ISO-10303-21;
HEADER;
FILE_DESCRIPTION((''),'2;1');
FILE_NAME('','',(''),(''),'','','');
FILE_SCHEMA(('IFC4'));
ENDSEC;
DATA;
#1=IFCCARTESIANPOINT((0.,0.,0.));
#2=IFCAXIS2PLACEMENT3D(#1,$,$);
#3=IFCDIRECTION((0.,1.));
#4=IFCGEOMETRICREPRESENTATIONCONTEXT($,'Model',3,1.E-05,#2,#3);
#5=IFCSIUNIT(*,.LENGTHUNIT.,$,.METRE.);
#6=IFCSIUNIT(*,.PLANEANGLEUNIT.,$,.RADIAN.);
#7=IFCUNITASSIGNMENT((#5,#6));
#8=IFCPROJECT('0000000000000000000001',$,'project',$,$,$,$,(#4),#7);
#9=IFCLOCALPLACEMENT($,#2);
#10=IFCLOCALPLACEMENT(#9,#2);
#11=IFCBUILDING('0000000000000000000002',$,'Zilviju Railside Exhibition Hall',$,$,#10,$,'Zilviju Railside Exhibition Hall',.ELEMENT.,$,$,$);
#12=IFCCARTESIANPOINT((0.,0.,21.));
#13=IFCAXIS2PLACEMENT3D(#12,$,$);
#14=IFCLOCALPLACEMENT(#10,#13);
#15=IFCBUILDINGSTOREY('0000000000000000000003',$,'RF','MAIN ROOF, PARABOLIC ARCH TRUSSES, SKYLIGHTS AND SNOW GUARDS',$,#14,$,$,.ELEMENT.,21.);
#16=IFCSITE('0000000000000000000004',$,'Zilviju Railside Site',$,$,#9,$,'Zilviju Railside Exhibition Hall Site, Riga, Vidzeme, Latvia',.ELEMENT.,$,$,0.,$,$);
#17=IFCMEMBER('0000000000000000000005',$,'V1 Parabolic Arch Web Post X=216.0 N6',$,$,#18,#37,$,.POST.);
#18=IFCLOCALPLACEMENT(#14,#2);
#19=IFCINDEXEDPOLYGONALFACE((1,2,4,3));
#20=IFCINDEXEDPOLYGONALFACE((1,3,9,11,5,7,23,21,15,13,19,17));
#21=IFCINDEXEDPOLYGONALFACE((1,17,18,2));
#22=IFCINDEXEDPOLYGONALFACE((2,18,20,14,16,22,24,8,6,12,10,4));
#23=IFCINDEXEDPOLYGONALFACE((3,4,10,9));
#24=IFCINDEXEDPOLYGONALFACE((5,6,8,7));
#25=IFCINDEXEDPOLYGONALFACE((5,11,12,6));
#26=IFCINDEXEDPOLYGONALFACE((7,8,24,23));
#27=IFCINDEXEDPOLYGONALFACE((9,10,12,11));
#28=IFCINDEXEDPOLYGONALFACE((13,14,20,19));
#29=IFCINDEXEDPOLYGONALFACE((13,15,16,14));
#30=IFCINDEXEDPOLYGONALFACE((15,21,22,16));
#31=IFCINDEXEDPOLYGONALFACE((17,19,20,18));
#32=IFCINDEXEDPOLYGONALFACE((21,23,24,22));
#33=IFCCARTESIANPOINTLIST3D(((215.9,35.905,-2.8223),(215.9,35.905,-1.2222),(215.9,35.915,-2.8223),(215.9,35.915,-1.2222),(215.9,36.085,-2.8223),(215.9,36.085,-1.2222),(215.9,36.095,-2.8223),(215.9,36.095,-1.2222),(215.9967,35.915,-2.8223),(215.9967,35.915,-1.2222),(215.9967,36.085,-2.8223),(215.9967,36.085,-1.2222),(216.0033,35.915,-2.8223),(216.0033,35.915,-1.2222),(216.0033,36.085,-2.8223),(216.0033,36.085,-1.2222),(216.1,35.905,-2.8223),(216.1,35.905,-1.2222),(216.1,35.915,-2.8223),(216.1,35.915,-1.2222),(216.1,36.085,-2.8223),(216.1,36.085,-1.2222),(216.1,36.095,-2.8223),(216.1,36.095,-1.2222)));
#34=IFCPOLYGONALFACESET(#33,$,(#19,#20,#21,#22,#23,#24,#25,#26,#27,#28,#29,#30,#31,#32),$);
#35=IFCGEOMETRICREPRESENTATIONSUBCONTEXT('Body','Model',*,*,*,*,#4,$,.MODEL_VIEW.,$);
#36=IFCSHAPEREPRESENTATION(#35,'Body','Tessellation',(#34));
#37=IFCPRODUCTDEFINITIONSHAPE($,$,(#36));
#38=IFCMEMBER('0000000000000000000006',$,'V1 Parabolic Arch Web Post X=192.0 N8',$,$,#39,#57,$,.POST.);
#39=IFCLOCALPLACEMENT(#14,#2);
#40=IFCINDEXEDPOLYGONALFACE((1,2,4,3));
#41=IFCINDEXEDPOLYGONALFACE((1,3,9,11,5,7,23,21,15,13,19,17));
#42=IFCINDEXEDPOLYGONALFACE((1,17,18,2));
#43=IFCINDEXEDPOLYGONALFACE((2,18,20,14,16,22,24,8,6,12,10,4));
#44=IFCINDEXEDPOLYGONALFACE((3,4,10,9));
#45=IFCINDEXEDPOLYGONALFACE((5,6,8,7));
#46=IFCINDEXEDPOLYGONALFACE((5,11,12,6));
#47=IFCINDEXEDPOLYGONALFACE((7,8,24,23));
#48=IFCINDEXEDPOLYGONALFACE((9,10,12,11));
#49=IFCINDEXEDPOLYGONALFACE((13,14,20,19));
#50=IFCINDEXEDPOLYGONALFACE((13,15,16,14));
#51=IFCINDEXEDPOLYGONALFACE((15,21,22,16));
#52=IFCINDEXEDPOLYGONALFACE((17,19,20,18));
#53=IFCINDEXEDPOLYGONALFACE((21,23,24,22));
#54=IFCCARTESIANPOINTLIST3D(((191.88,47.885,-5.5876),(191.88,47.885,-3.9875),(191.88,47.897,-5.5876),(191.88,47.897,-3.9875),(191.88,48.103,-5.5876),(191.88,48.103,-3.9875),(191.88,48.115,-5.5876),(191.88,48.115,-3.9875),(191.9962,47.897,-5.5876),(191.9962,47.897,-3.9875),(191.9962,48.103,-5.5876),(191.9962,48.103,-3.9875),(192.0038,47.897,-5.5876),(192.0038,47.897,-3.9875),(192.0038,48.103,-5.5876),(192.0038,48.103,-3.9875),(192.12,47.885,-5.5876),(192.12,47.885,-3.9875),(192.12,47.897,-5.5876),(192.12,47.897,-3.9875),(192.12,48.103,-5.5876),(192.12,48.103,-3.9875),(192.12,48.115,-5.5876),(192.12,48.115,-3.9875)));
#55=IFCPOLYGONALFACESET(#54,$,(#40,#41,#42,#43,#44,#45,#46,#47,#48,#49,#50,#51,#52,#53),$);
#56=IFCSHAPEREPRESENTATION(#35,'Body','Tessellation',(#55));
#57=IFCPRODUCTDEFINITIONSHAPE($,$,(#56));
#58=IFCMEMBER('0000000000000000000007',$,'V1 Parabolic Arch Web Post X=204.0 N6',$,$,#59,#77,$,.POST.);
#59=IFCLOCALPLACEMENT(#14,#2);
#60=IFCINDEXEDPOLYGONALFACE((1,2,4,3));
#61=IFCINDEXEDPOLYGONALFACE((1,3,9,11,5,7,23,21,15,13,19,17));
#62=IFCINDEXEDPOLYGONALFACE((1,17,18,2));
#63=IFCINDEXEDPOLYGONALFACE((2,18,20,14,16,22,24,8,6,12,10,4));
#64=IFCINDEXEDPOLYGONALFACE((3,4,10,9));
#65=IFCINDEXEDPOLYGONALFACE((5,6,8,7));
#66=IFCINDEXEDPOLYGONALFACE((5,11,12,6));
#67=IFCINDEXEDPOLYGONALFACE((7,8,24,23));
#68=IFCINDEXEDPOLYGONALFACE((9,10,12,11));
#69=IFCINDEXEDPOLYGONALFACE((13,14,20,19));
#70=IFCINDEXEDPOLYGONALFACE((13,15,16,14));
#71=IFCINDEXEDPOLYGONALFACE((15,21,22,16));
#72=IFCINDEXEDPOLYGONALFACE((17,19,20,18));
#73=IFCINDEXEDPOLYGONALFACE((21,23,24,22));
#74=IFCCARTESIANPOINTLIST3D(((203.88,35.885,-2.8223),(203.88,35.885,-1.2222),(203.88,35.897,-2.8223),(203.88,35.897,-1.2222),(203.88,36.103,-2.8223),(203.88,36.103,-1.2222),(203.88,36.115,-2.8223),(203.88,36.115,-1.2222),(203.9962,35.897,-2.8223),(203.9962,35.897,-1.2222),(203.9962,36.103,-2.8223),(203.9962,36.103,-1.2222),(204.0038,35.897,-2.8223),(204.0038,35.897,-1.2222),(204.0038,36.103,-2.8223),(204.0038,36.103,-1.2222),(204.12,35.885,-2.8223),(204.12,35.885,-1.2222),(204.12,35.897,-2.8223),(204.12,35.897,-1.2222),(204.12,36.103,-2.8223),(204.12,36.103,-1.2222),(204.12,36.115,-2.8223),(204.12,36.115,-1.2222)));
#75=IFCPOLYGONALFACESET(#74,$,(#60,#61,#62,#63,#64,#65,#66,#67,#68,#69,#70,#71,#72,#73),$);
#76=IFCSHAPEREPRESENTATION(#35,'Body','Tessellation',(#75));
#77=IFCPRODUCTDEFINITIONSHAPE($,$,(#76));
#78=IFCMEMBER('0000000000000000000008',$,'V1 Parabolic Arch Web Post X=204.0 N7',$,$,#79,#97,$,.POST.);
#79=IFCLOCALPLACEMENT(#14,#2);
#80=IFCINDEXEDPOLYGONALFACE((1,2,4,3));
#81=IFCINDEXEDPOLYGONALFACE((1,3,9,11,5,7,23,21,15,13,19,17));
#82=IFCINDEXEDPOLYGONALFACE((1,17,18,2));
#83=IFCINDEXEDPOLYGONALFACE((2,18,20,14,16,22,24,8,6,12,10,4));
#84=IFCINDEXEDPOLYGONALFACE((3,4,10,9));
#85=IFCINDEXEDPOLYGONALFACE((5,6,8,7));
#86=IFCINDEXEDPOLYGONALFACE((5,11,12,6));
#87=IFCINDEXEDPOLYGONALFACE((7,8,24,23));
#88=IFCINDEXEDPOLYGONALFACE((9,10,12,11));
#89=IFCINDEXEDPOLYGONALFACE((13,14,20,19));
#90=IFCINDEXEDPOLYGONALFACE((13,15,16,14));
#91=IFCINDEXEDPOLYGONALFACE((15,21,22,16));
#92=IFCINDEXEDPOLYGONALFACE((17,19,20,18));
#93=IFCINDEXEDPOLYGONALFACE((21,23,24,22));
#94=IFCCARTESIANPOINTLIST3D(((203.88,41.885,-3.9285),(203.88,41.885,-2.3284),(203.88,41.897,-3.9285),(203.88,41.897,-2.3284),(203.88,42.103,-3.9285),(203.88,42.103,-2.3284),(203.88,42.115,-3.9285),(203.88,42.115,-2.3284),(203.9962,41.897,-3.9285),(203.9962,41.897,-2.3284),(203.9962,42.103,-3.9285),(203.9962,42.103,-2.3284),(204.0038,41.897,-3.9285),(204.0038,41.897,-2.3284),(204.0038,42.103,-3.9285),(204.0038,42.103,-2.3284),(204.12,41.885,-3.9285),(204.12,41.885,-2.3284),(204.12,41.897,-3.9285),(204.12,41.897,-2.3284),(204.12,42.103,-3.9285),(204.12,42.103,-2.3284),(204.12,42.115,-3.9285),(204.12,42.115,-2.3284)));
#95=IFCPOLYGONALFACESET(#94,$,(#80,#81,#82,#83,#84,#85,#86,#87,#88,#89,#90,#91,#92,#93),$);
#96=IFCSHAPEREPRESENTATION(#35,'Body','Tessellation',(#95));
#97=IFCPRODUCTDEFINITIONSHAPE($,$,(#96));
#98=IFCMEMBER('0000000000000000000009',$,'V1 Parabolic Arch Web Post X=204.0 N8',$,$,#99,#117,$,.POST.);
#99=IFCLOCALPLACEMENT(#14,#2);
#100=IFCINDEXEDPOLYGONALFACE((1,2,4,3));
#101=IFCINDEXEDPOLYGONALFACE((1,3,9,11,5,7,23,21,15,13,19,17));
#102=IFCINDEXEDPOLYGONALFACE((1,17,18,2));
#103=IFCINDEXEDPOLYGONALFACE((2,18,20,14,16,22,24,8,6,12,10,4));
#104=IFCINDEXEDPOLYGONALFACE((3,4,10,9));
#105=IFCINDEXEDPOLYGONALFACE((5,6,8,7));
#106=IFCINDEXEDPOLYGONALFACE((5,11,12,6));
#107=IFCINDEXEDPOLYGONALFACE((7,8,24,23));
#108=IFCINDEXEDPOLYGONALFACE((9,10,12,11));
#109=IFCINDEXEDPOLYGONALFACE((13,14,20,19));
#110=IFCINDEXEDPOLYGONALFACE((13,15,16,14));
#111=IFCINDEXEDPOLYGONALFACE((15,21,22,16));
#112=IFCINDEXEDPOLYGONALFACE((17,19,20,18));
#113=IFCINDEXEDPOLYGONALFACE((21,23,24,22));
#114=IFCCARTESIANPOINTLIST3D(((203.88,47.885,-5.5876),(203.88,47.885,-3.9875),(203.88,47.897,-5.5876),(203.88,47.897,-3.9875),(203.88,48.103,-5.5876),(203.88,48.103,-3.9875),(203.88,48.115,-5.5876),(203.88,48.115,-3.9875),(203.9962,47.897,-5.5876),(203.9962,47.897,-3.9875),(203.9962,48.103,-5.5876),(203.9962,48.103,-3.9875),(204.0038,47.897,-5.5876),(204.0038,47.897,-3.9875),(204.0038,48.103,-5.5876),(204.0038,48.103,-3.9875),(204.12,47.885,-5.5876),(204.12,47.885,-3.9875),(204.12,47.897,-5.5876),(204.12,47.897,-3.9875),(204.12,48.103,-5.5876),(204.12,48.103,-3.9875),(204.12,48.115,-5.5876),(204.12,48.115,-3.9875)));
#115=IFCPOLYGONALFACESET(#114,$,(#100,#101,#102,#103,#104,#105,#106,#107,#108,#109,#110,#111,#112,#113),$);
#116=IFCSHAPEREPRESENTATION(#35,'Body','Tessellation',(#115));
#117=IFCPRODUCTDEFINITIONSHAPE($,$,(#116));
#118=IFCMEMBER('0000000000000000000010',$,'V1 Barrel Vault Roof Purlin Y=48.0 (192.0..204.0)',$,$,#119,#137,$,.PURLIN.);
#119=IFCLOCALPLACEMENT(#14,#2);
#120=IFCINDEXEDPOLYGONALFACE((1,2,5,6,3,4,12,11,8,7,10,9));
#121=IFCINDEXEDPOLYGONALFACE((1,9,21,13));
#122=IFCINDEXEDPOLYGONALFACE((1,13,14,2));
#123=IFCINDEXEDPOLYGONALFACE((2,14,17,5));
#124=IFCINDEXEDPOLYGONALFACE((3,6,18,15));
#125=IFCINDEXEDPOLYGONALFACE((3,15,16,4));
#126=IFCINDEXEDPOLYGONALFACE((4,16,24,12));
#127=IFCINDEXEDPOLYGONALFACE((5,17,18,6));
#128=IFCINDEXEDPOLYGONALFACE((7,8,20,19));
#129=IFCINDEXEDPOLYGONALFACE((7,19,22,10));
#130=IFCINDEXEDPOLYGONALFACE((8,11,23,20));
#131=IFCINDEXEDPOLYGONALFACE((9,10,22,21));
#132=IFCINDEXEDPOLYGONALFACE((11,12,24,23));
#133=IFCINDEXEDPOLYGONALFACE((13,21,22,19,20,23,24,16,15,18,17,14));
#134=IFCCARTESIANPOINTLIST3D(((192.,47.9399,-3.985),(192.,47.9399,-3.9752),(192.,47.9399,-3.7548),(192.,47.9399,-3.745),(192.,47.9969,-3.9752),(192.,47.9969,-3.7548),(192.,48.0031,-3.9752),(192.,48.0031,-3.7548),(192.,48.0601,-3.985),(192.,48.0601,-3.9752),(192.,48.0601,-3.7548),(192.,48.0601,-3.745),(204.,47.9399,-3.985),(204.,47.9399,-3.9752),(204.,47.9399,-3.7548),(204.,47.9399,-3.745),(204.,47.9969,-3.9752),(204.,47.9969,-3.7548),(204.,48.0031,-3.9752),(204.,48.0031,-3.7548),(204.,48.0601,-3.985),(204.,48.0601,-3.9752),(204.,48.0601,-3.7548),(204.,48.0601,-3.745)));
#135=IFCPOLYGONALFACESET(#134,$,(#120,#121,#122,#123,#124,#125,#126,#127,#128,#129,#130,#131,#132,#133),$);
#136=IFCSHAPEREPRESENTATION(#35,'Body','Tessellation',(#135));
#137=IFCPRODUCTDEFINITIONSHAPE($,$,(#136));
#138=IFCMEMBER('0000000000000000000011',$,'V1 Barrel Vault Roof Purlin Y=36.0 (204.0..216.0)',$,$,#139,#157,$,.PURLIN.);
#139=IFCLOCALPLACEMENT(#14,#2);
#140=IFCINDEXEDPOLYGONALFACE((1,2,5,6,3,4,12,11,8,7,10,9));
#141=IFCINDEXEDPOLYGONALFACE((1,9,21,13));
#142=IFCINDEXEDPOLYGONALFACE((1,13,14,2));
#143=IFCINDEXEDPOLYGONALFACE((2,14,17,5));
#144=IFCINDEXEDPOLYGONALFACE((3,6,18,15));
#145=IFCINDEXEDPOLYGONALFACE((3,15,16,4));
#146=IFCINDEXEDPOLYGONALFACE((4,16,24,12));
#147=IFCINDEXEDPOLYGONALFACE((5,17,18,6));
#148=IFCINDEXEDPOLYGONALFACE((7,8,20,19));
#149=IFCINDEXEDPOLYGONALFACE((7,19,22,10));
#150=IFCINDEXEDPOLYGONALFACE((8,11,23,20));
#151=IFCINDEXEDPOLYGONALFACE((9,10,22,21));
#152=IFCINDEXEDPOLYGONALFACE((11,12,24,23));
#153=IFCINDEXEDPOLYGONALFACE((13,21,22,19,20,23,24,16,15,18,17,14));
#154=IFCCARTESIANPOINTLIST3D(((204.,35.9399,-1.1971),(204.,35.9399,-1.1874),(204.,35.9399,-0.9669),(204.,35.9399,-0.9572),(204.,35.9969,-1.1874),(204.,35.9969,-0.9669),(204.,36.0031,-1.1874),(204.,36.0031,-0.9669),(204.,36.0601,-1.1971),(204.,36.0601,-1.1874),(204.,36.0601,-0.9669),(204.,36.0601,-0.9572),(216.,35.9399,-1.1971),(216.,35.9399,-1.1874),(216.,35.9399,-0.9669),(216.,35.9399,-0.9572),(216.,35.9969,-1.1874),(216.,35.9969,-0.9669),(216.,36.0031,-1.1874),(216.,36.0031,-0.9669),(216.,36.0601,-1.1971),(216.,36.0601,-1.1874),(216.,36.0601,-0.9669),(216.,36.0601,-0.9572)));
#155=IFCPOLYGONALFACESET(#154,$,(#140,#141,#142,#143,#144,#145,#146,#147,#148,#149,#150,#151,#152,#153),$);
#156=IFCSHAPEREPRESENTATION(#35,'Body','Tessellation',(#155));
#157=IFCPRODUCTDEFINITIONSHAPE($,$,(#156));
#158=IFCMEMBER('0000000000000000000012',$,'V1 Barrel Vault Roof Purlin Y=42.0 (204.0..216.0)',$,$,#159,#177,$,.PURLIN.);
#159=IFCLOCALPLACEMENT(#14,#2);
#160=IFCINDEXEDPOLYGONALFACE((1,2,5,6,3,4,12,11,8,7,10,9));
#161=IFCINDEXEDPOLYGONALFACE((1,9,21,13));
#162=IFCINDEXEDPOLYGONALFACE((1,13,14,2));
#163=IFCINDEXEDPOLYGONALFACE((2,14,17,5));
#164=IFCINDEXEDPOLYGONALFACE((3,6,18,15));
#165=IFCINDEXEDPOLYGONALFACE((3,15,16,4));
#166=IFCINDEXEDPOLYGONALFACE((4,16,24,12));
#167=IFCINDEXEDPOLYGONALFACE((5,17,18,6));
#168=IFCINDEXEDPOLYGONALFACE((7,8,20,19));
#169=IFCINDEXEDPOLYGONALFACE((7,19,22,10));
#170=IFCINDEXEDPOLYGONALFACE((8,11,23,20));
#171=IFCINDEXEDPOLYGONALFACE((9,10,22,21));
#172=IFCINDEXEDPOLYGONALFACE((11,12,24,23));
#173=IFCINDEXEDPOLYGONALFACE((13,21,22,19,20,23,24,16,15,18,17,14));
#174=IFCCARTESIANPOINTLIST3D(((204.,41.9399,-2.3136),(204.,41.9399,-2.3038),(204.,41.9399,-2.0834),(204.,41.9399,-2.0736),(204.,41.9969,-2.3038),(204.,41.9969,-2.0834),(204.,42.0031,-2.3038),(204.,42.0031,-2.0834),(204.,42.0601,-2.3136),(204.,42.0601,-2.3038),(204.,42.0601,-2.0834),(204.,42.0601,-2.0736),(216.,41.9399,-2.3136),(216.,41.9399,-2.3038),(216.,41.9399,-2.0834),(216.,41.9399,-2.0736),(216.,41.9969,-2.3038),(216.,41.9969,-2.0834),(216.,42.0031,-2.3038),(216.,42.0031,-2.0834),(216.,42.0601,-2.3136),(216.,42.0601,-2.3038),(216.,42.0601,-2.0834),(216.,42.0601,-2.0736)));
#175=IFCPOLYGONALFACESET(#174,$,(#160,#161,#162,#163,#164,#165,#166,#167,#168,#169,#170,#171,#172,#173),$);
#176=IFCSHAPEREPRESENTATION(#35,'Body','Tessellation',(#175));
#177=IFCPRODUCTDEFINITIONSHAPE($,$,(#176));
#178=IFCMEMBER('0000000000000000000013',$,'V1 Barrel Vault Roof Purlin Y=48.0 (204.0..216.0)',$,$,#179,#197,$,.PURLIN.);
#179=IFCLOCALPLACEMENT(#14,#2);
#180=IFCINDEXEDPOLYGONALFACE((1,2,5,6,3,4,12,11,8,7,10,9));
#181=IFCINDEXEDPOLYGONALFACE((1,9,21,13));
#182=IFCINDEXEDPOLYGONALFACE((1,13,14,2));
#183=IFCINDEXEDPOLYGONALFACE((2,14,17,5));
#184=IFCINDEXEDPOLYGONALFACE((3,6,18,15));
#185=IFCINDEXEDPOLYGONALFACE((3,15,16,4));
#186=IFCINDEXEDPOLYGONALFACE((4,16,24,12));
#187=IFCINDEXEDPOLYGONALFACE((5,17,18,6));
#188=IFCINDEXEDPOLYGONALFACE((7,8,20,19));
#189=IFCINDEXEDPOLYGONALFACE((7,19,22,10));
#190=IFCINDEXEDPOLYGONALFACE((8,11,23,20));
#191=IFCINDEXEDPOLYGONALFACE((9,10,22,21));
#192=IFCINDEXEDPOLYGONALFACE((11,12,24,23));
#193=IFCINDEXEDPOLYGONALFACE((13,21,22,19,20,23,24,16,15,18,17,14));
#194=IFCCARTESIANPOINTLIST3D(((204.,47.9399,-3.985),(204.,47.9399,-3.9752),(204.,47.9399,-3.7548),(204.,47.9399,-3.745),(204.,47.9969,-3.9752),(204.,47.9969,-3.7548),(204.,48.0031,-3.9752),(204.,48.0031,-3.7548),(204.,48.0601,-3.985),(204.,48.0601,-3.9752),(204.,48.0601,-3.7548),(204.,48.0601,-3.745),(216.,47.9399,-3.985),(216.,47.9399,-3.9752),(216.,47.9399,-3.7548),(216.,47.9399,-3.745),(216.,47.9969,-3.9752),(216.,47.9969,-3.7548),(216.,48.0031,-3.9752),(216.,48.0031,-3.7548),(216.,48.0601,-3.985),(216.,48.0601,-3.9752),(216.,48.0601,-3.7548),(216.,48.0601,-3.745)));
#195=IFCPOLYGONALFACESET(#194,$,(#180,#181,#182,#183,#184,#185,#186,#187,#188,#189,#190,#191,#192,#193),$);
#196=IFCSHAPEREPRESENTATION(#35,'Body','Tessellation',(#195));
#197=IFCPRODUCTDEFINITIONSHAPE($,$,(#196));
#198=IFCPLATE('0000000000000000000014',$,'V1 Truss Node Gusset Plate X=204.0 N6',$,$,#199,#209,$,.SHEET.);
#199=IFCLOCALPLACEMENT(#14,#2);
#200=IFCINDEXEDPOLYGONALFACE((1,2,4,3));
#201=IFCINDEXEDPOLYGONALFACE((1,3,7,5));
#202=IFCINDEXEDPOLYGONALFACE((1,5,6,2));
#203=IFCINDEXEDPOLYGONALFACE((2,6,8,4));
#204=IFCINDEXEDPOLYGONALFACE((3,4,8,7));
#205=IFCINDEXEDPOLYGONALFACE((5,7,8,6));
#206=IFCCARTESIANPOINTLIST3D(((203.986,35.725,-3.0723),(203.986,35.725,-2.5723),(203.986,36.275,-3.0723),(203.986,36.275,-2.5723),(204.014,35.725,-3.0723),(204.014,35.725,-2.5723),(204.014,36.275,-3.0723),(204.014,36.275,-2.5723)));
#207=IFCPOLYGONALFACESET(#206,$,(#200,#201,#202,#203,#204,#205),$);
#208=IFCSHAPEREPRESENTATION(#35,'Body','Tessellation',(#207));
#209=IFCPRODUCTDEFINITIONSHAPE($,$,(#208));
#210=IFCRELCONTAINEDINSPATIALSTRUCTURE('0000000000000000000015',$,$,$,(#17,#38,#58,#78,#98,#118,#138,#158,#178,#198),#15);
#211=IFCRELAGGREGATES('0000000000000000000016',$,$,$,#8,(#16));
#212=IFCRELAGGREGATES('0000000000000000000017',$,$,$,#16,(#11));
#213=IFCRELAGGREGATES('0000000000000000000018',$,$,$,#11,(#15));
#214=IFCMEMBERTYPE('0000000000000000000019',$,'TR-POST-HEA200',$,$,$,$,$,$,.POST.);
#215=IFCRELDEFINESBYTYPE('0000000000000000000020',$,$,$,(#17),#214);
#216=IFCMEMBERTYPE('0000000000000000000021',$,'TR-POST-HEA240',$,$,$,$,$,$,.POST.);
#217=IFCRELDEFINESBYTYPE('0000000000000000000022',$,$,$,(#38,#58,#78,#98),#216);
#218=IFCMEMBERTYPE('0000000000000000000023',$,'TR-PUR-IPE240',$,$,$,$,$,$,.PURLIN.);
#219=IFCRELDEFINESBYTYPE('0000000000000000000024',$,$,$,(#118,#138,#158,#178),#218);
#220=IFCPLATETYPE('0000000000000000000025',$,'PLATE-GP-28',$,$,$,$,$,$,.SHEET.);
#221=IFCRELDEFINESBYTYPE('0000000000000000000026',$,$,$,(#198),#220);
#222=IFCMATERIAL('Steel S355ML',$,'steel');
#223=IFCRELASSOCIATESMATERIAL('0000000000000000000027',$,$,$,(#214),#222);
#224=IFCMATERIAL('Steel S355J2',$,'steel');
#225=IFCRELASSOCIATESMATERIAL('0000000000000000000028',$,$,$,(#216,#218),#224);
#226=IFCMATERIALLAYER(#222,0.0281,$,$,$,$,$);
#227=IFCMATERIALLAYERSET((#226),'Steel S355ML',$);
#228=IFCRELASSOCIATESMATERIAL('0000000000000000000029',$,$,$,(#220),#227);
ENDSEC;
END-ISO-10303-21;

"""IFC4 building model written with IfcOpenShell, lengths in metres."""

from ifc_helpers import new_model, si_unit, direction, frame, origin, origin_2d, place, context, subcontext, project, spatial, rectangle, i_section, extrude, material, layer, layer_set, material_profile, profile_set, type_object, element, save


model = new_model("IFC4")

# Units and contexts
model_context = context("Model", 3, precision=1e-05, world=origin(), true_north=direction((0.0, 1.0)))
body_context = subcontext(model_context, "Body", "Model", "MODEL_VIEW")
ifc_project = project(units=[si_unit("LENGTHUNIT", "METRE"), si_unit("PLANEANGLEUNIT", "RADIAN")], contexts=[model_context])

# Site, building, storey
site_placement = place(None, origin())
site = spatial("IfcSite", under=ifc_project, at=site_placement, Name="Zilviju Railside Site", LongName="Zilviju Railside Exhibition Hall Site, Riga, Vidzeme, Latvia", CompositionType="ELEMENT", RefElevation=0.0)
building_placement = place(site_placement, origin())
building = spatial("IfcBuilding", under=site, at=building_placement, Name="Zilviju Railside Exhibition Hall", LongName="Zilviju Railside Exhibition Hall", CompositionType="ELEMENT")
storey_placement = place(building_placement, frame((0.0, 0.0, 21.0)))
storey = spatial("IfcBuildingStorey", under=building, at=storey_placement, Name="RF", Description="MAIN ROOF, PARABOLIC ARCH TRUSSES, SKYLIGHTS AND SNOW GUARDS", CompositionType="ELEMENT", Elevation=21.0)

# Members
ifc_material_1 = material(Name="Steel S355J2", Category="steel")
ifc_material_2 = material(Name="Steel S355ML", Category="steel")
ifc_material_profile_1 = material_profile(ifc_material_2, i_section(OverallWidth=0.2, OverallDepth=0.1899, WebThickness=0.0066, FlangeThickness=0.01, at=origin_2d()), Name="HEA 200")
ifc_profile_set_1 = profile_set([ifc_material_profile_1], Name="Steel S355ML")
member_type_1 = type_object("IfcMemberType", Name="TR-POST-HEA200", PredefinedType="POST", material=ifc_profile_set_1)
member_1_placement = place(storey_placement, frame((216.0, 36.0, -2.8223), z_axis=(0.0, 0.0, 1.0), x_axis=(1.0, 0.0, 0.0)))
element("IfcMember", 1, at=member_1_placement, inside=storey, type_object=member_type_1, Name="V1 Parabolic Arch Web Post X=216.0 N6", PredefinedType="POST", context=body_context, shape_type="SweptSolid", body=[
    extrude(i_section(OverallWidth=0.2, OverallDepth=0.1899, WebThickness=0.0066, FlangeThickness=0.01, at=origin_2d()), origin(), (0.0, 0.0, 1.0), 1.6001),
])
ifc_material_profile_2 = material_profile(ifc_material_1, i_section(OverallWidth=0.24, OverallDepth=0.23, WebThickness=0.0076, FlangeThickness=0.012, at=origin_2d()), Name="HEA 240")
ifc_profile_set_2 = profile_set([ifc_material_profile_2], Name="Steel S355J2")
member_type_2 = type_object("IfcMemberType", Name="TR-POST-HEA240", PredefinedType="POST", material=ifc_profile_set_2)
for number, where, z_axis, x_axis, name in (
    (2, (192.0, 48.0, -5.5876), (0.0, 0.0, 1.0), (1.0, 0.0, 0.0), "V1 Parabolic Arch Web Post X=192.0 N8"),
    (3, (204.0, 36.0, -2.8223), (0.0, 0.0, 1.0), (1.0, 0.0, 0.0), "V1 Parabolic Arch Web Post X=204.0 N6"),
    (4, (204.0, 42.0, -3.9285), (0.0, 0.0, 1.0), (1.0, 0.0, 0.0), "V1 Parabolic Arch Web Post X=204.0 N7"),
    (5, (204.0, 48.0, -5.5876), (0.0, 0.0, 1.0), (1.0, 0.0, 0.0), "V1 Parabolic Arch Web Post X=204.0 N8"),
):
    element("IfcMember", number, at=place(storey_placement, frame(where, z_axis=z_axis, x_axis=x_axis)), inside=storey, type_object=member_type_2, Name=name, PredefinedType="POST", context=body_context, shape_type="SweptSolid", body=[
        extrude(i_section(OverallWidth=0.24, OverallDepth=0.23, WebThickness=0.0076, FlangeThickness=0.012, at=origin_2d()), origin(), (0.0, 0.0, 1.0), 1.6001),
    ])
ifc_material_profile_3 = material_profile(ifc_material_1, i_section(OverallWidth=0.1201, OverallDepth=0.24, WebThickness=0.0061, FlangeThickness=0.0098, at=origin_2d()), Name="IPE 240")
ifc_profile_set_3 = profile_set([ifc_material_profile_3], Name="Steel S355J2")
member_type_3 = type_object("IfcMemberType", Name="TR-PUR-IPE240", PredefinedType="PURLIN", material=ifc_profile_set_3)
for number, where, z_axis, x_axis, name in (
    (6, (192.0, 48.0, -3.865), (1.0, 0.0, 0.0), (0.0, 1.0, 0.0), "V1 Barrel Vault Roof Purlin Y=48.0 (192.0..204.0)"),
    (7, (204.0, 36.0, -1.0771), (1.0, 0.0, 0.0), (0.0, 1.0, 0.0), "V1 Barrel Vault Roof Purlin Y=36.0 (204.0..216.0)"),
    (8, (204.0, 42.0, -2.1936), (1.0, 0.0, 0.0), (0.0, 1.0, 0.0), "V1 Barrel Vault Roof Purlin Y=42.0 (204.0..216.0)"),
    (9, (204.0, 48.0, -3.865), (1.0, 0.0, 0.0), (0.0, 1.0, 0.0), "V1 Barrel Vault Roof Purlin Y=48.0 (204.0..216.0)"),
):
    element("IfcMember", number, at=place(storey_placement, frame(where, z_axis=z_axis, x_axis=x_axis)), inside=storey, type_object=member_type_3, Name=name, PredefinedType="PURLIN", context=body_context, shape_type="SweptSolid", body=[
        extrude(i_section(OverallWidth=0.1201, OverallDepth=0.24, WebThickness=0.0061, FlangeThickness=0.0098, at=origin_2d()), origin(), (0.0, 0.0, 1.0), 12.0),
    ])

# Plate
ifc_layer_1 = layer(ifc_material_2, 0.0281)
ifc_layer_set_1 = layer_set([ifc_layer_1], Name="Steel S355ML")
plate_type = type_object("IfcPlateType", Name="PLATE-GP-28", PredefinedType="SHEET", material=ifc_layer_set_1)
for number, where, z_axis, x_axis, name in (
    (10, (204.0, 36.0, -3.0723), (0.0, 0.0, 1.0), (1.0, 0.0, 0.0), "V1 Truss Node Gusset Plate X=204.0 N6"),
):
    element("IfcPlate", number, at=place(storey_placement, frame(where, z_axis=z_axis, x_axis=x_axis)), inside=storey, type_object=plate_type, Name=name, PredefinedType="SHEET", context=body_context, shape_type="SweptSolid", body=[
        extrude(rectangle(XDim=0.0281, YDim=0.55, at=origin_2d()), origin(), (0.0, 0.0, 1.0), 0.5),
    ])

save(model, "model.ifc")
